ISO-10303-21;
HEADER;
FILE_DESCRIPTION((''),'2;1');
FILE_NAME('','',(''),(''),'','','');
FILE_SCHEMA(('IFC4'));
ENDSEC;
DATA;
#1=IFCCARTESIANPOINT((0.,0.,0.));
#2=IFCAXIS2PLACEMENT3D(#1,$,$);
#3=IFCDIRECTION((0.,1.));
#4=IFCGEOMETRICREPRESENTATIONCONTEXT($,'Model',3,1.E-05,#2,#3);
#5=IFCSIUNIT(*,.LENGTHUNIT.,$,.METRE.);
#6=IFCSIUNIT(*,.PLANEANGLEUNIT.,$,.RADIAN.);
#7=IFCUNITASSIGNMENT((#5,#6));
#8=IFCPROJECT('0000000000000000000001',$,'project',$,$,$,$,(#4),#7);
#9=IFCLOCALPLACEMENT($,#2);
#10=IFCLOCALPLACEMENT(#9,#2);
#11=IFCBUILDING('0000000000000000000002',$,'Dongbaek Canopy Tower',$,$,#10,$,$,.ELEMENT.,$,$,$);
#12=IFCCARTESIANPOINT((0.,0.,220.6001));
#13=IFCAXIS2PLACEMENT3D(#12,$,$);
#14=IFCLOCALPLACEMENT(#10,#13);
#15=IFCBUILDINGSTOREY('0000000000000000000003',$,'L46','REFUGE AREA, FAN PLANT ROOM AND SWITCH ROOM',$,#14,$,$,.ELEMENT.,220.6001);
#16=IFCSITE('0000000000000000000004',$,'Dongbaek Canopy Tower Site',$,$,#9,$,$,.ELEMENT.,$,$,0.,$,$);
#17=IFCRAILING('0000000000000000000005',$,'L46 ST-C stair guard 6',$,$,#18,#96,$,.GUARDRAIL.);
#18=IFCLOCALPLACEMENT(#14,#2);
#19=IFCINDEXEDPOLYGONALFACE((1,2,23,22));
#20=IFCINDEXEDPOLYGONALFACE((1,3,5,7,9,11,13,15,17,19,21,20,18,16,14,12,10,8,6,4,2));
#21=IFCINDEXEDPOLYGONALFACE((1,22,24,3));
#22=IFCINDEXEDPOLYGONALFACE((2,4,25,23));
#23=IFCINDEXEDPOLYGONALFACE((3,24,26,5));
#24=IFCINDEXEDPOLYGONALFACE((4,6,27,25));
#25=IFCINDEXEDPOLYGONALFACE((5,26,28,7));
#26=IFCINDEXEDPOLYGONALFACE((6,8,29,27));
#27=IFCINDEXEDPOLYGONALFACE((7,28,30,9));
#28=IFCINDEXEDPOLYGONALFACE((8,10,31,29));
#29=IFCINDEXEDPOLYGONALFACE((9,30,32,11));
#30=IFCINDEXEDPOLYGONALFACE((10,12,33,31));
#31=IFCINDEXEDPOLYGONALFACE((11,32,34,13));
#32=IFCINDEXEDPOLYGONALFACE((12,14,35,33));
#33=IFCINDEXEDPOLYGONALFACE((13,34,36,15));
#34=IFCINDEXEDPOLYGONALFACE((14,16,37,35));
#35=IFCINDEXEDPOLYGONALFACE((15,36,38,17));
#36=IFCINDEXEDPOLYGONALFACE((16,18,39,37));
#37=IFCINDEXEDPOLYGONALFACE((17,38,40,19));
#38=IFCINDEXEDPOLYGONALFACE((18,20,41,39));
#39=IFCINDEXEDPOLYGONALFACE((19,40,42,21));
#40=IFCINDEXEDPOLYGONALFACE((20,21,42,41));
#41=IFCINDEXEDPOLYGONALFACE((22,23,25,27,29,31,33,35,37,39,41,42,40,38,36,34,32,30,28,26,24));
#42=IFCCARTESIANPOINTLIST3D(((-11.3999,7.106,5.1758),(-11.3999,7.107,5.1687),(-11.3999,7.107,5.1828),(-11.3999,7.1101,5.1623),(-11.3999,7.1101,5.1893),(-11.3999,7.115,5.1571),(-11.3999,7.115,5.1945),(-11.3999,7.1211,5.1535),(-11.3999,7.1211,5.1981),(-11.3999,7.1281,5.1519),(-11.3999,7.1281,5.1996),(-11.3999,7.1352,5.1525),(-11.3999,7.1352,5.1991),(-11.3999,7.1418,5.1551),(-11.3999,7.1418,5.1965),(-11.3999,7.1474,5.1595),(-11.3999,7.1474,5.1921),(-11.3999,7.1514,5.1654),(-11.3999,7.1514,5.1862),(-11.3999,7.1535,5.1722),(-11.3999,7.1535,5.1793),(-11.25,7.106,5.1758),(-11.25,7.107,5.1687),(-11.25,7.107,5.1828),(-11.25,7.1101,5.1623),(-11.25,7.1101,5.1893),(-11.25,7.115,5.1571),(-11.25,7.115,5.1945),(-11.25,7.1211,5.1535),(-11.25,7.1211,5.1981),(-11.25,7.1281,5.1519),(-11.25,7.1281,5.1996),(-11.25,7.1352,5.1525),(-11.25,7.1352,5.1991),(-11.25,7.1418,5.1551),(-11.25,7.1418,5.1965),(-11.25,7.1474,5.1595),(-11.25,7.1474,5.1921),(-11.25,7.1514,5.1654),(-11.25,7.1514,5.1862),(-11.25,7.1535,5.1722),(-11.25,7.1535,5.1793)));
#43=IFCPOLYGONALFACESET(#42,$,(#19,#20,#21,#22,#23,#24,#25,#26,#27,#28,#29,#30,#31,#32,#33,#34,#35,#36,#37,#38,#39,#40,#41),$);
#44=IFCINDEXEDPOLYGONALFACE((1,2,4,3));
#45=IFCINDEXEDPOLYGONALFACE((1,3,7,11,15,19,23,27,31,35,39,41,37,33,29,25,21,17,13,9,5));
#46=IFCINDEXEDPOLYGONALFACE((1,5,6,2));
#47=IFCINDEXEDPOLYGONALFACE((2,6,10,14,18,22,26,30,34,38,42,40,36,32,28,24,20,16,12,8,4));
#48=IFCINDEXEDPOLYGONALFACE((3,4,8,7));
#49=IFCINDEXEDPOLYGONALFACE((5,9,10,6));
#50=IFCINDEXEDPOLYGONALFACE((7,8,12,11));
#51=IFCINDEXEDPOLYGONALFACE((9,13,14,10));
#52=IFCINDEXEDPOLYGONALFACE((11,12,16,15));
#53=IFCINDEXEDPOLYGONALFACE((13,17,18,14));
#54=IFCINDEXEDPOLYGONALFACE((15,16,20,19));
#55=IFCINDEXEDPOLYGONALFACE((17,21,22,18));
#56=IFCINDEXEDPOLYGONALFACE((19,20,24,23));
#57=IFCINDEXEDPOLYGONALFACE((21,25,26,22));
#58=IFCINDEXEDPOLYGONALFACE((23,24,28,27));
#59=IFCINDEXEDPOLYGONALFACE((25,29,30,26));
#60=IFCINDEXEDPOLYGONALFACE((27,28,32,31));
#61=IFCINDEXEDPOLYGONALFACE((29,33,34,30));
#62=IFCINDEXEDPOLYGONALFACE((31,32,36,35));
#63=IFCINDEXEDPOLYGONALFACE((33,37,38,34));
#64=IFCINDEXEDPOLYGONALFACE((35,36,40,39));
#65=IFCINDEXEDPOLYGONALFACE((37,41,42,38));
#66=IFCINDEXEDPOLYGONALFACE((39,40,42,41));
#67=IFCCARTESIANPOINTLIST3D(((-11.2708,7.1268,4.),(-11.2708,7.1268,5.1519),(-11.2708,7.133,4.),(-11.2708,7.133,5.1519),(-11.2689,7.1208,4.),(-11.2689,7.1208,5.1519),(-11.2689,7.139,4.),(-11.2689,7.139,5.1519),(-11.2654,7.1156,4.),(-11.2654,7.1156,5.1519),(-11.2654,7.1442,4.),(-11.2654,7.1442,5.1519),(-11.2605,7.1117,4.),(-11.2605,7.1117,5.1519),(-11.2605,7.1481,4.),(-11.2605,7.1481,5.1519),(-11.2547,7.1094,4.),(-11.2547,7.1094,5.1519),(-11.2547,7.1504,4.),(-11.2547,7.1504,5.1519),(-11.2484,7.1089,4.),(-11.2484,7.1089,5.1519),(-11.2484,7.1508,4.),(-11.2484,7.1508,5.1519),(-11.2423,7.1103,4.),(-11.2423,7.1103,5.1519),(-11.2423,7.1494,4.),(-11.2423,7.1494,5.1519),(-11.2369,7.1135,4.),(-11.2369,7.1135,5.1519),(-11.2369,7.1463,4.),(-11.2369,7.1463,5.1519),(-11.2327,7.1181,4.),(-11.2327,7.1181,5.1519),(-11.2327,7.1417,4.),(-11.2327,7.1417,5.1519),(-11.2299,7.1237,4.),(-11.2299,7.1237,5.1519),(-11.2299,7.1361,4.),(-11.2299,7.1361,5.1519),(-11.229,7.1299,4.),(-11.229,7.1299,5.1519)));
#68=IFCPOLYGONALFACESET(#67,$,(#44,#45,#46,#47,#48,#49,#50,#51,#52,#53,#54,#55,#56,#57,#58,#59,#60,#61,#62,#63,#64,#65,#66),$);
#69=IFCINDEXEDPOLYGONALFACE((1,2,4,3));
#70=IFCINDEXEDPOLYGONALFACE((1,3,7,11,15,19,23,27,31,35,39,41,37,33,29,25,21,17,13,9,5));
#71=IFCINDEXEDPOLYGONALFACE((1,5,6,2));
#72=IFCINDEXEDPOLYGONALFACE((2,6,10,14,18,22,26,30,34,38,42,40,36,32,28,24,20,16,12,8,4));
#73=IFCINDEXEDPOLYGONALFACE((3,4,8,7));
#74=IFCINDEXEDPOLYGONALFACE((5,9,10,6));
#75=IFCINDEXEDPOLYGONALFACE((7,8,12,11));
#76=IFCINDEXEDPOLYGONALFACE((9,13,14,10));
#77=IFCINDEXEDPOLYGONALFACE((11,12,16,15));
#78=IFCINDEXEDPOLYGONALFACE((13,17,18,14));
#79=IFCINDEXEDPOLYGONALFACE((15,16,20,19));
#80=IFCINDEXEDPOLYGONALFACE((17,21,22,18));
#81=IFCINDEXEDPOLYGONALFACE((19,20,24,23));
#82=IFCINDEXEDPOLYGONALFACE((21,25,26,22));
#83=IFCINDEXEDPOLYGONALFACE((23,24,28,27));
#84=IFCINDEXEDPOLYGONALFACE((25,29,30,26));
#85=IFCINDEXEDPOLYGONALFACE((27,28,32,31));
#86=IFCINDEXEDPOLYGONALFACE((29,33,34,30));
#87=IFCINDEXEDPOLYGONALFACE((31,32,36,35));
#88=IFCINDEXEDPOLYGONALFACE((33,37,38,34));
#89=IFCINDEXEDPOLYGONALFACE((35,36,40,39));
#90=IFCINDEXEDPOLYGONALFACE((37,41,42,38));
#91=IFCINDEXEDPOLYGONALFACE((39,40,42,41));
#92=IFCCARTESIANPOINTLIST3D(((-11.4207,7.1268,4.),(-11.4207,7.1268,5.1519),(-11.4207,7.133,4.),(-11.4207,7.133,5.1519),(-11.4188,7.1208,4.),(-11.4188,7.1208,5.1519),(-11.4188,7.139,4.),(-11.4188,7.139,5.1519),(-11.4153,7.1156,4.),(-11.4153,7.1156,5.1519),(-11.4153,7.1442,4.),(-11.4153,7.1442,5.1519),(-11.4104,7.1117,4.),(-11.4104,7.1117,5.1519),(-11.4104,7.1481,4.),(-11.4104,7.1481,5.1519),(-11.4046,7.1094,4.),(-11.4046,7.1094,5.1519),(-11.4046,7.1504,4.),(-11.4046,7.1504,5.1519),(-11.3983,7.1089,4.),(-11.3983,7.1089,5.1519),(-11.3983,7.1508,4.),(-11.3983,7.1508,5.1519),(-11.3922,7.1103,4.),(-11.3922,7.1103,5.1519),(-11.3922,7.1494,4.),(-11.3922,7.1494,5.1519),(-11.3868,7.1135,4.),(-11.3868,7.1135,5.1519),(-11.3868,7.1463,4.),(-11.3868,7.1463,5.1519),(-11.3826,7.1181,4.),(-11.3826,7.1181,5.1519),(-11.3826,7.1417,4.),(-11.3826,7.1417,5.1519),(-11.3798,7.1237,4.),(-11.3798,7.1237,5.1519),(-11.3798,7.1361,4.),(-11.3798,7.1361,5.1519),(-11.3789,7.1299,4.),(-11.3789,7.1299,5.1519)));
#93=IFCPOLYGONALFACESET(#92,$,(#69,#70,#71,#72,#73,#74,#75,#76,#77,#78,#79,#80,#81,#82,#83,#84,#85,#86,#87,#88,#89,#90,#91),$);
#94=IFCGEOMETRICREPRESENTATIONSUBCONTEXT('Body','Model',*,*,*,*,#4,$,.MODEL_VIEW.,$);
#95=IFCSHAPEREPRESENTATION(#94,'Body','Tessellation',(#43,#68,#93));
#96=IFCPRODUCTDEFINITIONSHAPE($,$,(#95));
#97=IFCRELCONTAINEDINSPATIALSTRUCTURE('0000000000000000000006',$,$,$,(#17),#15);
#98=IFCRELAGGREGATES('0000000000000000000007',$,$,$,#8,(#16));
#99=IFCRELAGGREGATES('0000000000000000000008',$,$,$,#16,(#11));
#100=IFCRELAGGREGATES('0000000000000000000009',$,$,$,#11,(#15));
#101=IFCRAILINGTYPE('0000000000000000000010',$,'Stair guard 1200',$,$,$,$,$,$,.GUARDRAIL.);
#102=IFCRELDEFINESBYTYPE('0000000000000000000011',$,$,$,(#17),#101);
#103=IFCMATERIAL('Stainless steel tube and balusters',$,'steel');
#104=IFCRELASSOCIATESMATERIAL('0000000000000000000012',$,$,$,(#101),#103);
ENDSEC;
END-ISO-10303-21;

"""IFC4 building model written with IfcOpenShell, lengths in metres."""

from ifc_helpers import new_model, si_unit, direction, frame, origin, origin_2d, place, context, subcontext, project, spatial, circle, extrude, material, type_object, element, save


model = new_model("IFC4")

# Units and contexts
model_context = context("Model", 3, precision=1e-05, world=origin(), true_north=direction((0.0, 1.0)))
body_context = subcontext(model_context, "Body", "Model", "MODEL_VIEW")
ifc_project = project(units=[si_unit("LENGTHUNIT", "METRE"), si_unit("PLANEANGLEUNIT", "RADIAN")], contexts=[model_context])

# Site, building, storey
site_placement = place(None, origin())
site = spatial("IfcSite", under=ifc_project, at=site_placement, Name="Dongbaek Canopy Tower Site", CompositionType="ELEMENT", RefElevation=0.0)
building_placement = place(site_placement, origin())
building = spatial("IfcBuilding", under=site, at=building_placement, Name="Dongbaek Canopy Tower", CompositionType="ELEMENT")
storey_placement = place(building_placement, frame((0.0, 0.0, 220.6001)))
storey = spatial("IfcBuildingStorey", under=building, at=storey_placement, Name="L46", Description="REFUGE AREA, FAN PLANT ROOM AND SWITCH ROOM", CompositionType="ELEMENT", Elevation=220.6001)

# Railing
ifc_material_1 = material(Name="Stainless steel tube and balusters", Category="steel")
railing_type_1 = type_object("IfcRailingType", Name="Stair guard 1200", PredefinedType="GUARDRAIL", material=ifc_material_1)
railing_1_placement = place(storey_placement, frame((-11.25, 7.1299, 4.0)))
element("IfcRailing", 1, at=railing_1_placement, inside=storey, type_object=railing_type_1, Name="L46 ST-C stair guard 6", PredefinedType="GUARDRAIL", context=body_context, shape_type="SweptSolid", body=[
    extrude(circle(Radius=0.0239, at=origin_2d()), frame((0.0, 0.0, 1.1758), z_axis=(-1.0, 0.0, 0.0), x_axis=(0.0, -1.0, 0.0)), (0.0, 0.0, 1.0), 0.1499),
    extrude(circle(Radius=0.021, at=origin_2d()), origin(), (0.0, 0.0, 1.0), 1.1519),
    extrude(circle(Radius=0.021, at=origin_2d()), frame((-0.1499, 0.0, 0.0)), (0.0, 0.0, 1.0), 1.1519),
])

save(model, "model.ifc")
